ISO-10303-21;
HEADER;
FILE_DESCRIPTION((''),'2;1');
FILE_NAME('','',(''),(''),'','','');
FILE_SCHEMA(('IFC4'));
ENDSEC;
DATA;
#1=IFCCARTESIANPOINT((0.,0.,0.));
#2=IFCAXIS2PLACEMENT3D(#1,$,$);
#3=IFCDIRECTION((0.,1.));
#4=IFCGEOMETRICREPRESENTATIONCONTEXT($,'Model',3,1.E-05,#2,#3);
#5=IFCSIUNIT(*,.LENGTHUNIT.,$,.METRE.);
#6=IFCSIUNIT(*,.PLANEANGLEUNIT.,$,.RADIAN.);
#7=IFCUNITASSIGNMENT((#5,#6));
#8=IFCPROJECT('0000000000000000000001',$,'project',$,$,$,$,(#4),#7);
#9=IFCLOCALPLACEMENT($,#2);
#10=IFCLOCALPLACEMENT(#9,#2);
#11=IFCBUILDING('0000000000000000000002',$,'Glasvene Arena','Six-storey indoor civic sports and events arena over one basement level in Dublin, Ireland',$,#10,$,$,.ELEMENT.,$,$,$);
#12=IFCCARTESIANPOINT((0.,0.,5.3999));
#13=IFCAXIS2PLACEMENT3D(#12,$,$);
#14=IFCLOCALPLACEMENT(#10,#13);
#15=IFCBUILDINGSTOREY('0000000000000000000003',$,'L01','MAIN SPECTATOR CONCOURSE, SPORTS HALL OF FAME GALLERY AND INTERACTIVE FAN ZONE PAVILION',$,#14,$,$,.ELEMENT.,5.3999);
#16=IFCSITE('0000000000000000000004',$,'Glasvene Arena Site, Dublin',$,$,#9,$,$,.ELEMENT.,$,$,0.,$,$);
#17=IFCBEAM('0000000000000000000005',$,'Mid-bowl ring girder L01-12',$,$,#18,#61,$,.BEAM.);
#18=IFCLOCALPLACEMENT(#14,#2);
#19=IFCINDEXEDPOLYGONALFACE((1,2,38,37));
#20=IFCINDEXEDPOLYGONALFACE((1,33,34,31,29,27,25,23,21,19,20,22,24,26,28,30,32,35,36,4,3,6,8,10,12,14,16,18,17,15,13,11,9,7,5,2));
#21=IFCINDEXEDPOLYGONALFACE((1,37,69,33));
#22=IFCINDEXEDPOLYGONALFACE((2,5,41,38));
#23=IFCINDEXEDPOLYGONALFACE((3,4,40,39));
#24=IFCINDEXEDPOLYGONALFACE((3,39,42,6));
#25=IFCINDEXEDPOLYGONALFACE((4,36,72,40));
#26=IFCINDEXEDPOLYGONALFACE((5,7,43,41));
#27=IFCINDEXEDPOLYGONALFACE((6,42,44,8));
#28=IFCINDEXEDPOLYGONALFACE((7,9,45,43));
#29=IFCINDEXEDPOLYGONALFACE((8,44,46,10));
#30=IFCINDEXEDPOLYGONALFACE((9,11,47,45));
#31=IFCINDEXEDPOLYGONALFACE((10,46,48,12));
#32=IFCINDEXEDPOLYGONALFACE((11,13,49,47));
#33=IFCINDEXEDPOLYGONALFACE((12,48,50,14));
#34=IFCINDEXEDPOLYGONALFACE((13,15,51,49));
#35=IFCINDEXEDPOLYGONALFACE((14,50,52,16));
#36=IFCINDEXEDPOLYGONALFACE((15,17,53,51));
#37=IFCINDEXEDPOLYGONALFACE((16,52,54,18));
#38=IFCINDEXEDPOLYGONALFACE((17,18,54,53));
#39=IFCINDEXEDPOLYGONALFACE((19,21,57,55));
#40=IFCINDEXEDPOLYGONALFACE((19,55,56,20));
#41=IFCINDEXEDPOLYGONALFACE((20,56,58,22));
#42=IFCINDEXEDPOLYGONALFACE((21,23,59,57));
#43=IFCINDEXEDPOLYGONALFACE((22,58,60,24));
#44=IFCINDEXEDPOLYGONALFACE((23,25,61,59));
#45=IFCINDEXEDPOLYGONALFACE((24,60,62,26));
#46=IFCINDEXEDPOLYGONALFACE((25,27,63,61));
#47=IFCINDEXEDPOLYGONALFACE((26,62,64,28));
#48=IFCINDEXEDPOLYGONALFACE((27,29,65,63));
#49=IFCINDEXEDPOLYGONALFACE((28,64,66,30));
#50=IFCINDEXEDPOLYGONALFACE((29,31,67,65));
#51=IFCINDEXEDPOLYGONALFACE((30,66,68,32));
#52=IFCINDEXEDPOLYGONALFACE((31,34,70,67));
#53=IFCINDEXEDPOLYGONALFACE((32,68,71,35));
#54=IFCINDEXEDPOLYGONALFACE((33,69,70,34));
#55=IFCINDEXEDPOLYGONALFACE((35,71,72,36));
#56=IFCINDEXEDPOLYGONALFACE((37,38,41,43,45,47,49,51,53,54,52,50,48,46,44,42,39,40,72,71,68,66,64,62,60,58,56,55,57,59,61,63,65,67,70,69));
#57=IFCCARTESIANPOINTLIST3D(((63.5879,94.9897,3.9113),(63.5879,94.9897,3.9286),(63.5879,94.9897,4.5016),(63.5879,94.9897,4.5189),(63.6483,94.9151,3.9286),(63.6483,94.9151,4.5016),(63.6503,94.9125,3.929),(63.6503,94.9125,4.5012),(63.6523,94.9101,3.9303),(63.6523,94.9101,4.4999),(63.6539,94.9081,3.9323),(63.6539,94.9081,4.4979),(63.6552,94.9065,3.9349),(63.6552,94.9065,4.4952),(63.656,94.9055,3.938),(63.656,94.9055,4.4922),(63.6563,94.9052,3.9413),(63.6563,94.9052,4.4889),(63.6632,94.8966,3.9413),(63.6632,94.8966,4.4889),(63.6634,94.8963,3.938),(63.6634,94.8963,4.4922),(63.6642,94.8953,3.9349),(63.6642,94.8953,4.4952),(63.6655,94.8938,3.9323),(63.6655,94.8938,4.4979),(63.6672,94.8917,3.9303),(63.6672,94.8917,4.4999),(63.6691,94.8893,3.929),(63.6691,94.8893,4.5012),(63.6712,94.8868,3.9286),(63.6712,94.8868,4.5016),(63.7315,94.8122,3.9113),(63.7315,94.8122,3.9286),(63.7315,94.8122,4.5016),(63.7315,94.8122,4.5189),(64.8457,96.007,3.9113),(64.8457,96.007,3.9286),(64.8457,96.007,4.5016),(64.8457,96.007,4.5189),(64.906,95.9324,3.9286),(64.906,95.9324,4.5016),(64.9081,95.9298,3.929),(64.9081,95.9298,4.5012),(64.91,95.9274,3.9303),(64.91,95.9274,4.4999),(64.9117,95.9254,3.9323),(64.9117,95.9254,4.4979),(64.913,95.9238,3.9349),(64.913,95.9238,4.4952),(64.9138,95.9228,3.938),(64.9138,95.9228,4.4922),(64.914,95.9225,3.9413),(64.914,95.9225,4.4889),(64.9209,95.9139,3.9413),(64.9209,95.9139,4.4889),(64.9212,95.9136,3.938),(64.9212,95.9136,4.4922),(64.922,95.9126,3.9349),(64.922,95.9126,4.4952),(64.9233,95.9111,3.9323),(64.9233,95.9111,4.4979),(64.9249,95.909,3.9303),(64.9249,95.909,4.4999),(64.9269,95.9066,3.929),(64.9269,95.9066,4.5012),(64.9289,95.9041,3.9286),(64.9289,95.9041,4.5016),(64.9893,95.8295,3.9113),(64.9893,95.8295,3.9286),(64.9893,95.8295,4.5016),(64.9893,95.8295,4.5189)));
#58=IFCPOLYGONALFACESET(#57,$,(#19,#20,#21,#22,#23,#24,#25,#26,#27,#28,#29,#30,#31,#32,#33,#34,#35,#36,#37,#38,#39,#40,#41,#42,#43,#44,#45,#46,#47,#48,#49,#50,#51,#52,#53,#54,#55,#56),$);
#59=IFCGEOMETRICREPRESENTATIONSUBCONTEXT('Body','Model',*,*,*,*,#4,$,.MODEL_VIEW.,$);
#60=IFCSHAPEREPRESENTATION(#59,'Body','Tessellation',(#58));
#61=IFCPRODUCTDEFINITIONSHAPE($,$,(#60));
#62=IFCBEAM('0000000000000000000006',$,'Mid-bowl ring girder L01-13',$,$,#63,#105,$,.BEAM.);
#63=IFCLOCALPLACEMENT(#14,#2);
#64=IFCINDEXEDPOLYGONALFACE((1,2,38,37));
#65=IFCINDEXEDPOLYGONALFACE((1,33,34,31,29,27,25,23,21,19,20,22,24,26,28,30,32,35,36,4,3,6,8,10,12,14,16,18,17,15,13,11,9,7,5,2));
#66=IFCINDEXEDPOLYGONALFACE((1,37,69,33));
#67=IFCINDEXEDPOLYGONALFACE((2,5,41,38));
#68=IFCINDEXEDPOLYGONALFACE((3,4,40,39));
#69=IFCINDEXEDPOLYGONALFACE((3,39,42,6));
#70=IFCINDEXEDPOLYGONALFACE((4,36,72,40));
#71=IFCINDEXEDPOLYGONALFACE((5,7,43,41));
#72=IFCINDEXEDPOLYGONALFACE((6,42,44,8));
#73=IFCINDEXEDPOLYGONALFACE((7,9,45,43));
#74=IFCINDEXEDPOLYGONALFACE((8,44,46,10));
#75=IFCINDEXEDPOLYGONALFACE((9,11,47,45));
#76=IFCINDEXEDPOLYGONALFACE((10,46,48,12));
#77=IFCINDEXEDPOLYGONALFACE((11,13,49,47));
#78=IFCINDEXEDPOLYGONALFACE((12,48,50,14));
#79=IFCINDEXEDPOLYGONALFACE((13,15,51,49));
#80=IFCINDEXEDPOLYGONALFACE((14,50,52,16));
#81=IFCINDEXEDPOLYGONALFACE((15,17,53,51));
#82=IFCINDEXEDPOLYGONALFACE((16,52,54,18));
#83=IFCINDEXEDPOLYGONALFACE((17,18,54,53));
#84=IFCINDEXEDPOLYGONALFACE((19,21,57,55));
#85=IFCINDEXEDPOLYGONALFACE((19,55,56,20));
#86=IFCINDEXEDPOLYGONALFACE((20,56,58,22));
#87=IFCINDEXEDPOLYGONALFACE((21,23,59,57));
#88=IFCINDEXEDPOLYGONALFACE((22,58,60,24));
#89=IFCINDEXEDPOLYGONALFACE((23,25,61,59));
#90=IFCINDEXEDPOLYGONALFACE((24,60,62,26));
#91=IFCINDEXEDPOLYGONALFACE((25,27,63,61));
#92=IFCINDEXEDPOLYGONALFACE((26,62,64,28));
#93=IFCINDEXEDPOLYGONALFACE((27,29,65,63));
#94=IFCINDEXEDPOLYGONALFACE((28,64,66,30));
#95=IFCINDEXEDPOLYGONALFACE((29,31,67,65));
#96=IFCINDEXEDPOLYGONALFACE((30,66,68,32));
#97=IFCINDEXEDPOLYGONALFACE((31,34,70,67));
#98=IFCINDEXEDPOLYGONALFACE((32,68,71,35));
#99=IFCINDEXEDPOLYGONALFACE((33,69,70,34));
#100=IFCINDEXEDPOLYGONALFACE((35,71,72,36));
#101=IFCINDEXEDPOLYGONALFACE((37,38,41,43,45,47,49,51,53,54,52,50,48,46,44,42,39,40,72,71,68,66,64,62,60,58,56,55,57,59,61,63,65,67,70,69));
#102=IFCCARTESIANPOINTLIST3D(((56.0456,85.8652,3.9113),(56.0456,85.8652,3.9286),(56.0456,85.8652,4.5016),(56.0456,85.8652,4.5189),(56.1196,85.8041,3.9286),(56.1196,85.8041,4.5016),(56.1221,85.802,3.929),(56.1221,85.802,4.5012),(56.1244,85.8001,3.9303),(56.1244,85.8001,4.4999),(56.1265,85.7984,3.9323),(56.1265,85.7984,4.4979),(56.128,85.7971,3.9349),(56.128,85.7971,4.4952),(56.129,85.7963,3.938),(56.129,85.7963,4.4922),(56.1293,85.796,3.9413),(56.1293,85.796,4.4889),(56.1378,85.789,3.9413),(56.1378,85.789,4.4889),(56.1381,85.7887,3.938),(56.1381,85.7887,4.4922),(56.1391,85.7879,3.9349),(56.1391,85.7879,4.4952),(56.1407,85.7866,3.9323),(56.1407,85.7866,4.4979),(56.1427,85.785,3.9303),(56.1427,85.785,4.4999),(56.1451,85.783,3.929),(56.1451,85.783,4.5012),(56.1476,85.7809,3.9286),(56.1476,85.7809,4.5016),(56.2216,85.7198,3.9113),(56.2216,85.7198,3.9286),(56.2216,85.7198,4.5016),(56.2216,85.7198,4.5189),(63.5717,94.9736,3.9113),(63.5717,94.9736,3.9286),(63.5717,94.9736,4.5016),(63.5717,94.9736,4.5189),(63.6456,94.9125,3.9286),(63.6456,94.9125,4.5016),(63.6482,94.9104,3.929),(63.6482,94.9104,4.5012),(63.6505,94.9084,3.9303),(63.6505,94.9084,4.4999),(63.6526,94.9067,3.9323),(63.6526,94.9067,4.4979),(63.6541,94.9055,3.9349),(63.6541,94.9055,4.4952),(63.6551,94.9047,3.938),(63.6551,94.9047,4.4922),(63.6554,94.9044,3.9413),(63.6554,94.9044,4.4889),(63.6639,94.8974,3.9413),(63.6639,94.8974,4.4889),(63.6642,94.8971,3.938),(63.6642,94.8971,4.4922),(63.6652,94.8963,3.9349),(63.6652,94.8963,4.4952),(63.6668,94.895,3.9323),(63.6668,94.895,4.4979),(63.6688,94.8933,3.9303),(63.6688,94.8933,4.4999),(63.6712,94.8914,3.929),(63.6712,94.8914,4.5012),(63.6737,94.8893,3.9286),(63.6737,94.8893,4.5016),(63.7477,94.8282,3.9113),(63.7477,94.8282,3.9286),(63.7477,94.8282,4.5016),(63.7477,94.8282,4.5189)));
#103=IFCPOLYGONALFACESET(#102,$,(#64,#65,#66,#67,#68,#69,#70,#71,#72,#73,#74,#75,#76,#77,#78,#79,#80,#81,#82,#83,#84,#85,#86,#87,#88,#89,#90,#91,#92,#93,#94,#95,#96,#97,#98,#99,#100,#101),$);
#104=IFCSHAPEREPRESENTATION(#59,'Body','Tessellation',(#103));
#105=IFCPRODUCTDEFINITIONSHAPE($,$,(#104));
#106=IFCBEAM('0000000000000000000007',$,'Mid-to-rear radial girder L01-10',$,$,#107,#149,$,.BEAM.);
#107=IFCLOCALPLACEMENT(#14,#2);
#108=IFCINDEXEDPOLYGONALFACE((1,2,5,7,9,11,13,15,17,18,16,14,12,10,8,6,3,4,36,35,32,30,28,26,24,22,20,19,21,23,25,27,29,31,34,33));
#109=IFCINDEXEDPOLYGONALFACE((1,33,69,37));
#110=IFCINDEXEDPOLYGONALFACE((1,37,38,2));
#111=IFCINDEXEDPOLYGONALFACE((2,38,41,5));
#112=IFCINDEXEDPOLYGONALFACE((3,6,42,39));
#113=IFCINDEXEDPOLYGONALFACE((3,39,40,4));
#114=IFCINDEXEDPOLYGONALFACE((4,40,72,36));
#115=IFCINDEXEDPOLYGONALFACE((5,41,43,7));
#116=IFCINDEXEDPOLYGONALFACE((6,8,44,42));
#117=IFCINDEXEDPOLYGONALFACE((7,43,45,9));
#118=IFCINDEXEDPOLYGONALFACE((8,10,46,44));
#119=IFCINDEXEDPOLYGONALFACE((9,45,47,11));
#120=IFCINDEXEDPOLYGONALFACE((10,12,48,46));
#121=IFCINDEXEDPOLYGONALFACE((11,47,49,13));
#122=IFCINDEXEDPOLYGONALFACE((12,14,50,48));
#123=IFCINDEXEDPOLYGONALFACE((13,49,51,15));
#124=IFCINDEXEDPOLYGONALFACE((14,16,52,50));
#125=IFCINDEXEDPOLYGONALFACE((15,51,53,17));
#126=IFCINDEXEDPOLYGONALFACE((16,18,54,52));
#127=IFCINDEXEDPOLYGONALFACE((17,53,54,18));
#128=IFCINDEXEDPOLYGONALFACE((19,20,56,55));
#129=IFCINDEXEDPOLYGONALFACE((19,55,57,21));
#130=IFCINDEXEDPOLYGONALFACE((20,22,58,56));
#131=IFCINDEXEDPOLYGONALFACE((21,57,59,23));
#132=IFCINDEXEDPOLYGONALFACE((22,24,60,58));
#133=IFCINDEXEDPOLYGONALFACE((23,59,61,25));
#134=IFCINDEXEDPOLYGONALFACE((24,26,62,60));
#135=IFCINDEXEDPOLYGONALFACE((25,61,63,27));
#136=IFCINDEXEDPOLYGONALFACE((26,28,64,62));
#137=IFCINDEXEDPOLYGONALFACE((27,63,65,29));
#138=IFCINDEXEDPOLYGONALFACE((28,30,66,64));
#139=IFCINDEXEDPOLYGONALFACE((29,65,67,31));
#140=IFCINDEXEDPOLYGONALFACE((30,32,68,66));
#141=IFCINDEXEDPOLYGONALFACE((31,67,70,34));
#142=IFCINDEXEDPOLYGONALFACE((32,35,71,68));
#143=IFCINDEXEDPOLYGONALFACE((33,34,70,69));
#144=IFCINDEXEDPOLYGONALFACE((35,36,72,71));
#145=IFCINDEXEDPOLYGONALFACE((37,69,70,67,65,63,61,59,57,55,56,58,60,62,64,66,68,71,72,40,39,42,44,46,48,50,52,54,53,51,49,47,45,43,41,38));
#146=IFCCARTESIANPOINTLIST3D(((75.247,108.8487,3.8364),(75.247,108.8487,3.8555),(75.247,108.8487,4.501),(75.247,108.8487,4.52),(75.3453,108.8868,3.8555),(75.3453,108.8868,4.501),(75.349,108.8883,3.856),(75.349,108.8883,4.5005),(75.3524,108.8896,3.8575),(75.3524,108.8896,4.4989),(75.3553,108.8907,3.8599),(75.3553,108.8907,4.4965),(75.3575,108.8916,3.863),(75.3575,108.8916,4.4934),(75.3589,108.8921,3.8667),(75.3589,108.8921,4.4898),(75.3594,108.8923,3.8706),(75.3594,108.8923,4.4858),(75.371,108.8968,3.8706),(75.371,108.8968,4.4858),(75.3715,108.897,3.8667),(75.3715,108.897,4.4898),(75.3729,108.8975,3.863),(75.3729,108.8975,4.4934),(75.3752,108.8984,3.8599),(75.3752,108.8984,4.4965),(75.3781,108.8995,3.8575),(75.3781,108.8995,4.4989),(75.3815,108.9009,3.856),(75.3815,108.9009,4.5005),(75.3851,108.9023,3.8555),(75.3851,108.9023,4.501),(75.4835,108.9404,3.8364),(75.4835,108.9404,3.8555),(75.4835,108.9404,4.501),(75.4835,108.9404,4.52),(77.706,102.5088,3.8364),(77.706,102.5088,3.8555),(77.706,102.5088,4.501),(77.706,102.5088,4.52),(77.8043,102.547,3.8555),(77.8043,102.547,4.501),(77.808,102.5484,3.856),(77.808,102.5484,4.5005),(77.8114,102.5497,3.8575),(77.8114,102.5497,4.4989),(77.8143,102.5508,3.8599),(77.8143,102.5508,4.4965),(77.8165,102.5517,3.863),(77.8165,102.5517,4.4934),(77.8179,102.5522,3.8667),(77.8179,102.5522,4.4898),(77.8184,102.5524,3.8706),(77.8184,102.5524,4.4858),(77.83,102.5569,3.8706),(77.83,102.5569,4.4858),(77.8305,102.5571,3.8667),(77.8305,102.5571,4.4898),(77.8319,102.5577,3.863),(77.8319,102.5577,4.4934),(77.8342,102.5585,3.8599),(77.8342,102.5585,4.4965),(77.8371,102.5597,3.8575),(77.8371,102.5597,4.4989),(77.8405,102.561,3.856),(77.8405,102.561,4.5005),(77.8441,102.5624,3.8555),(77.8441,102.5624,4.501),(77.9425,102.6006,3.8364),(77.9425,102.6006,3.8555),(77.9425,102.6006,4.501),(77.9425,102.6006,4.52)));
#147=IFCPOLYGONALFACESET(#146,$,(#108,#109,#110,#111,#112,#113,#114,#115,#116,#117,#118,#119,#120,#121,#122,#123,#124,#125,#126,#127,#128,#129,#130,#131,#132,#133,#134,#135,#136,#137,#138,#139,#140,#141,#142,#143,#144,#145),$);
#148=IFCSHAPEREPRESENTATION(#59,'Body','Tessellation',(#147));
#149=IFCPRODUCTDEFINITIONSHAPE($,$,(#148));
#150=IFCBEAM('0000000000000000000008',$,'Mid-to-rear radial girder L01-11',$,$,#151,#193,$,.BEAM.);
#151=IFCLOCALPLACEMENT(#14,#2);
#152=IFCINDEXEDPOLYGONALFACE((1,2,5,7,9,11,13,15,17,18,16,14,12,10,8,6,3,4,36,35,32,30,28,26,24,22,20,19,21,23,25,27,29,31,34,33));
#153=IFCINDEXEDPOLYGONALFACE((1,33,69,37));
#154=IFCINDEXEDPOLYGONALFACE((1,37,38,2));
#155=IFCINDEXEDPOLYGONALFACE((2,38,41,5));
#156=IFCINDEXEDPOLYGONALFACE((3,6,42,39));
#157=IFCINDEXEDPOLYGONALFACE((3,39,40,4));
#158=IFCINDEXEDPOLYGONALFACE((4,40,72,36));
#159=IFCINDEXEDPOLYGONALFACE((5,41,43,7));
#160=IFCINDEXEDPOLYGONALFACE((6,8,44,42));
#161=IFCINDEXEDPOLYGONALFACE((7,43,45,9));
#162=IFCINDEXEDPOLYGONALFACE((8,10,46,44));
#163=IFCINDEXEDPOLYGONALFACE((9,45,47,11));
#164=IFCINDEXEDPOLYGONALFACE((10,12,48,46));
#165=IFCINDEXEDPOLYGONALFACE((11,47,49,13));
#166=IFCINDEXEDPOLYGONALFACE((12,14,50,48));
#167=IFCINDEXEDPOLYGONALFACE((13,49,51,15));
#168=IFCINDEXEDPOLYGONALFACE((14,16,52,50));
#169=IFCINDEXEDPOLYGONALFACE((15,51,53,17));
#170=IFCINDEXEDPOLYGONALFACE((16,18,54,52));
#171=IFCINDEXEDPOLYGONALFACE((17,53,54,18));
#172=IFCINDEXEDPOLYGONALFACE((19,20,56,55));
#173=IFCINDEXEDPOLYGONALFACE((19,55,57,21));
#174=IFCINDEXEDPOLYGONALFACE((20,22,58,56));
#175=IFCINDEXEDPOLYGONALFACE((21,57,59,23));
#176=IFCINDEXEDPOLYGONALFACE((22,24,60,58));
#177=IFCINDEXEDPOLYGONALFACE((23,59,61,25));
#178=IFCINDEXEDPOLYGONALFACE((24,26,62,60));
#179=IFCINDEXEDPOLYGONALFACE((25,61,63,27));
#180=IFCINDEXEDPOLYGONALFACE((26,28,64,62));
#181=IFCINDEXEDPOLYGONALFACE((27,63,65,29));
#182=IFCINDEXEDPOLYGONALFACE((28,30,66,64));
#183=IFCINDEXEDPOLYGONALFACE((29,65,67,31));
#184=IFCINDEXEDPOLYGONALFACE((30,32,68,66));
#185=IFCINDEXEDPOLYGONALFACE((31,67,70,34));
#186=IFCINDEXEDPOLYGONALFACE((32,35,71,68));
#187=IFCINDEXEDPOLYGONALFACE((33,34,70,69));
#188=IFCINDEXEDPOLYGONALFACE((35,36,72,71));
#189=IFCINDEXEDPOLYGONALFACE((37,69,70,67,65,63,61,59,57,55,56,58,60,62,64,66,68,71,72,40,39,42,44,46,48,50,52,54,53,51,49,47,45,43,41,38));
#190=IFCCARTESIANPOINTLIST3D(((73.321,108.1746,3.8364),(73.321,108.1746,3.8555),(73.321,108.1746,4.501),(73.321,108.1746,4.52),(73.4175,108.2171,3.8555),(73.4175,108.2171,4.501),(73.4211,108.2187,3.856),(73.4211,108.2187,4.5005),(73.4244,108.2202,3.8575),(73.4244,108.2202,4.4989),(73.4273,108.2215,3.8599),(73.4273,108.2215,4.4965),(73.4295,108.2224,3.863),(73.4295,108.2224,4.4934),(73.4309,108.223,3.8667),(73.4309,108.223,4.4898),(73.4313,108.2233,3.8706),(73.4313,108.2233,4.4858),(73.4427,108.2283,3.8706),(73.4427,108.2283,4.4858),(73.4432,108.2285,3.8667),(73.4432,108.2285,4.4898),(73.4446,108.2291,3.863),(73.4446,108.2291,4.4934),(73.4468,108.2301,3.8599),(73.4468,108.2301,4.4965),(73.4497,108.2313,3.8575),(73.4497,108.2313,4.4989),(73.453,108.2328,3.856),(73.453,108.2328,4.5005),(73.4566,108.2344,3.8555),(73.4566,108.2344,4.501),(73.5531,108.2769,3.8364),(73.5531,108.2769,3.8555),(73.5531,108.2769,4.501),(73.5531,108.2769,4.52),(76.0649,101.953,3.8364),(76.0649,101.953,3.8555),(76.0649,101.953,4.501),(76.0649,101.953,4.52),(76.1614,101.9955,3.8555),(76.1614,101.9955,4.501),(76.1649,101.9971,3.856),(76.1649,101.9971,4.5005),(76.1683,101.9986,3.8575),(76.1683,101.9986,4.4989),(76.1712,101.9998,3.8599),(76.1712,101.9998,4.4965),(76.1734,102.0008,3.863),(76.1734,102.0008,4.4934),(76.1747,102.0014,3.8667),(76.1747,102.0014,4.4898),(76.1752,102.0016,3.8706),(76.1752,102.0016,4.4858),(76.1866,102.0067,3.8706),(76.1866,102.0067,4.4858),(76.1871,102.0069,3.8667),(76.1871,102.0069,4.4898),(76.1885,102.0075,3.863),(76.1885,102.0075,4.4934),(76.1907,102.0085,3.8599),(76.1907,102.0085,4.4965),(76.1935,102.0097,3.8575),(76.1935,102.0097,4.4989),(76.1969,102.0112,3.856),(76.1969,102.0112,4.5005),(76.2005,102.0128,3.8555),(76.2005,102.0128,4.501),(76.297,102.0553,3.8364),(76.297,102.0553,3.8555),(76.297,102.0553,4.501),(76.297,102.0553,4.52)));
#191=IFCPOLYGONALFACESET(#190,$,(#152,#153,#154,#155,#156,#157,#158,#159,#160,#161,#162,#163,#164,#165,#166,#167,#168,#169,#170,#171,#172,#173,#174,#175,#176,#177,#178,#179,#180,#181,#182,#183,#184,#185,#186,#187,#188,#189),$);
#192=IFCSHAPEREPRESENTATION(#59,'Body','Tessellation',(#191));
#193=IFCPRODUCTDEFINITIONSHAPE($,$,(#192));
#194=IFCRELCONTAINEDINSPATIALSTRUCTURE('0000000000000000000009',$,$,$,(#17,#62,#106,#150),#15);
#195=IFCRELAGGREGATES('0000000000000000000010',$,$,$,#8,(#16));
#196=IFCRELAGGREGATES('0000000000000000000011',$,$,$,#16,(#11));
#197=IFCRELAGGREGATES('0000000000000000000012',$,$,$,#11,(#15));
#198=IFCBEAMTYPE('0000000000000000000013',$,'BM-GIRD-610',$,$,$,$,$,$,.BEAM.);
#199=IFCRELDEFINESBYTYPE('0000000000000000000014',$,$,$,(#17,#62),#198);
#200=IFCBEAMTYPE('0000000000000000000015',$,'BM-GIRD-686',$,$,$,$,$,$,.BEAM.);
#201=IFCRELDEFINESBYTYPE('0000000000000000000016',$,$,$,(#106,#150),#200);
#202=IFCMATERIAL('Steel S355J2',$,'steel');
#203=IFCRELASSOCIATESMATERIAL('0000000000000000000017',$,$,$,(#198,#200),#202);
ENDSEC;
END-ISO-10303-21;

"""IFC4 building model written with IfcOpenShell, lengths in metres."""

from ifc_helpers import new_model, si_unit, direction, frame, origin, origin_2d, place, context, subcontext, project, spatial, i_section, extrude, material, material_profile, profile_set, type_object, element, save


model = new_model("IFC4")

# Units and contexts
model_context = context("Model", 3, precision=1e-05, world=origin(), true_north=direction((0.0, 1.0)))
body_context = subcontext(model_context, "Body", "Model", "MODEL_VIEW")
ifc_project = project(units=[si_unit("LENGTHUNIT", "METRE"), si_unit("PLANEANGLEUNIT", "RADIAN")], contexts=[model_context])

# Site, building, storey
site_placement = place(None, origin())
site = spatial("IfcSite", under=ifc_project, at=site_placement, Name="Glasvene Arena Site, Dublin", CompositionType="ELEMENT", RefElevation=0.0)
building_placement = place(site_placement, origin())
building = spatial("IfcBuilding", under=site, at=building_placement, Name="Glasvene Arena", Description="Six-storey indoor civic sports and events arena over one basement level in Dublin, Ireland", CompositionType="ELEMENT")
storey_placement = place(building_placement, frame((0.0, 0.0, 5.3999)))
storey = spatial("IfcBuildingStorey", under=building, at=storey_placement, Name="L01", Description="MAIN SPECTATOR CONCOURSE, SPORTS HALL OF FAME GALLERY AND INTERACTIVE FAN ZONE PAVILION", CompositionType="ELEMENT", Elevation=5.3999)

# Shared definitions
ifc_material_1 = material(Name="Steel S355J2", Category="steel")

# Beams
ifc_material_profile_1 = material_profile(ifc_material_1, i_section(OverallWidth=0.2283, OverallDepth=0.6077, WebThickness=0.011, FlangeThickness=0.0173, FilletRadius=0.0127, at=origin_2d()), Name="UKB 610x229x113")
ifc_profile_set_1 = profile_set([ifc_material_profile_1], Name="Steel S355J2")
beam_type_1 = type_object("IfcBeamType", Name="BM-GIRD-610", PredefinedType="BEAM", material=ifc_profile_set_1)
beam_1_placement = place(storey_placement, frame((64.9175, 95.9182, 4.2151), z_axis=(-0.777515, -0.628864, 0.0), x_axis=(0.628864, -0.777515, 0.0)))
element("IfcBeam", 1, at=beam_1_placement, inside=storey, type_object=beam_type_1, Name="Mid-bowl ring girder L01-12", PredefinedType="BEAM", context=body_context, shape_type="SweptSolid", body=[
    extrude(i_section(OverallWidth=0.2283, OverallDepth=0.6077, WebThickness=0.011, FlangeThickness=0.0173, FilletRadius=0.0127, at=origin_2d()), origin(), (0.0, 0.0, 1.0), 1.6177),
])
beam_2_placement = place(storey_placement, frame((63.6597, 94.9009, 4.2151), z_axis=(-0.636972, -0.770887, 0.0), x_axis=(0.770887, -0.636972, 0.0)))
element("IfcBeam", 2, at=beam_2_placement, inside=storey, type_object=beam_type_1, Name="Mid-bowl ring girder L01-13", PredefinedType="BEAM", context=body_context, shape_type="SweptSolid", body=[
    extrude(i_section(OverallWidth=0.2283, OverallDepth=0.6077, WebThickness=0.011, FlangeThickness=0.0173, FilletRadius=0.0127, at=origin_2d()), origin(), (0.0, 0.0, 1.0), 11.8154),
])
ifc_material_profile_2 = material_profile(ifc_material_1, i_section(OverallWidth=0.2537, OverallDepth=0.6836, WebThickness=0.0125, FlangeThickness=0.019, FilletRadius=0.0151, at=origin_2d()), Name="UKB 686x254x140")
ifc_profile_set_2 = profile_set([ifc_material_profile_2], Name="Steel S355J2")
beam_type_2 = type_object("IfcBeamType", Name="BM-GIRD-686", PredefinedType="BEAM", material=ifc_profile_set_2)
beam_3_placement = place(storey_placement, frame((77.8242, 102.5547, 4.1782), z_axis=(-0.361614, 0.932328, 0.0), x_axis=(-0.932328, -0.361614, 0.0)))
element("IfcBeam", 3, at=beam_3_placement, inside=storey, type_object=beam_type_2, Name="Mid-to-rear radial girder L01-10", PredefinedType="BEAM", context=body_context, shape_type="SweptSolid", body=[
    extrude(i_section(OverallWidth=0.2537, OverallDepth=0.6836, WebThickness=0.0125, FlangeThickness=0.019, FilletRadius=0.0151, at=origin_2d()), origin(), (0.0, 0.0, 1.0), 6.8),
])
for number, where, z_axis, x_axis, name in (
    (4, (76.1809, 102.0042, 4.1782), (-0.403522, 0.91497, 0.0), (-0.91497, -0.403522, 0.0), "Mid-to-rear radial girder L01-11"),
):
    element("IfcBeam", number, at=place(storey_placement, frame(where, z_axis=z_axis, x_axis=x_axis)), inside=storey, type_object=beam_type_2, Name=name, PredefinedType="BEAM", context=body_context, shape_type="SweptSolid", body=[
        extrude(i_section(OverallWidth=0.2537, OverallDepth=0.6836, WebThickness=0.0125, FlangeThickness=0.019, FilletRadius=0.0151, at=origin_2d()), origin(), (0.0, 0.0, 1.0), 6.7998),
    ])

save(model, "model.ifc")
